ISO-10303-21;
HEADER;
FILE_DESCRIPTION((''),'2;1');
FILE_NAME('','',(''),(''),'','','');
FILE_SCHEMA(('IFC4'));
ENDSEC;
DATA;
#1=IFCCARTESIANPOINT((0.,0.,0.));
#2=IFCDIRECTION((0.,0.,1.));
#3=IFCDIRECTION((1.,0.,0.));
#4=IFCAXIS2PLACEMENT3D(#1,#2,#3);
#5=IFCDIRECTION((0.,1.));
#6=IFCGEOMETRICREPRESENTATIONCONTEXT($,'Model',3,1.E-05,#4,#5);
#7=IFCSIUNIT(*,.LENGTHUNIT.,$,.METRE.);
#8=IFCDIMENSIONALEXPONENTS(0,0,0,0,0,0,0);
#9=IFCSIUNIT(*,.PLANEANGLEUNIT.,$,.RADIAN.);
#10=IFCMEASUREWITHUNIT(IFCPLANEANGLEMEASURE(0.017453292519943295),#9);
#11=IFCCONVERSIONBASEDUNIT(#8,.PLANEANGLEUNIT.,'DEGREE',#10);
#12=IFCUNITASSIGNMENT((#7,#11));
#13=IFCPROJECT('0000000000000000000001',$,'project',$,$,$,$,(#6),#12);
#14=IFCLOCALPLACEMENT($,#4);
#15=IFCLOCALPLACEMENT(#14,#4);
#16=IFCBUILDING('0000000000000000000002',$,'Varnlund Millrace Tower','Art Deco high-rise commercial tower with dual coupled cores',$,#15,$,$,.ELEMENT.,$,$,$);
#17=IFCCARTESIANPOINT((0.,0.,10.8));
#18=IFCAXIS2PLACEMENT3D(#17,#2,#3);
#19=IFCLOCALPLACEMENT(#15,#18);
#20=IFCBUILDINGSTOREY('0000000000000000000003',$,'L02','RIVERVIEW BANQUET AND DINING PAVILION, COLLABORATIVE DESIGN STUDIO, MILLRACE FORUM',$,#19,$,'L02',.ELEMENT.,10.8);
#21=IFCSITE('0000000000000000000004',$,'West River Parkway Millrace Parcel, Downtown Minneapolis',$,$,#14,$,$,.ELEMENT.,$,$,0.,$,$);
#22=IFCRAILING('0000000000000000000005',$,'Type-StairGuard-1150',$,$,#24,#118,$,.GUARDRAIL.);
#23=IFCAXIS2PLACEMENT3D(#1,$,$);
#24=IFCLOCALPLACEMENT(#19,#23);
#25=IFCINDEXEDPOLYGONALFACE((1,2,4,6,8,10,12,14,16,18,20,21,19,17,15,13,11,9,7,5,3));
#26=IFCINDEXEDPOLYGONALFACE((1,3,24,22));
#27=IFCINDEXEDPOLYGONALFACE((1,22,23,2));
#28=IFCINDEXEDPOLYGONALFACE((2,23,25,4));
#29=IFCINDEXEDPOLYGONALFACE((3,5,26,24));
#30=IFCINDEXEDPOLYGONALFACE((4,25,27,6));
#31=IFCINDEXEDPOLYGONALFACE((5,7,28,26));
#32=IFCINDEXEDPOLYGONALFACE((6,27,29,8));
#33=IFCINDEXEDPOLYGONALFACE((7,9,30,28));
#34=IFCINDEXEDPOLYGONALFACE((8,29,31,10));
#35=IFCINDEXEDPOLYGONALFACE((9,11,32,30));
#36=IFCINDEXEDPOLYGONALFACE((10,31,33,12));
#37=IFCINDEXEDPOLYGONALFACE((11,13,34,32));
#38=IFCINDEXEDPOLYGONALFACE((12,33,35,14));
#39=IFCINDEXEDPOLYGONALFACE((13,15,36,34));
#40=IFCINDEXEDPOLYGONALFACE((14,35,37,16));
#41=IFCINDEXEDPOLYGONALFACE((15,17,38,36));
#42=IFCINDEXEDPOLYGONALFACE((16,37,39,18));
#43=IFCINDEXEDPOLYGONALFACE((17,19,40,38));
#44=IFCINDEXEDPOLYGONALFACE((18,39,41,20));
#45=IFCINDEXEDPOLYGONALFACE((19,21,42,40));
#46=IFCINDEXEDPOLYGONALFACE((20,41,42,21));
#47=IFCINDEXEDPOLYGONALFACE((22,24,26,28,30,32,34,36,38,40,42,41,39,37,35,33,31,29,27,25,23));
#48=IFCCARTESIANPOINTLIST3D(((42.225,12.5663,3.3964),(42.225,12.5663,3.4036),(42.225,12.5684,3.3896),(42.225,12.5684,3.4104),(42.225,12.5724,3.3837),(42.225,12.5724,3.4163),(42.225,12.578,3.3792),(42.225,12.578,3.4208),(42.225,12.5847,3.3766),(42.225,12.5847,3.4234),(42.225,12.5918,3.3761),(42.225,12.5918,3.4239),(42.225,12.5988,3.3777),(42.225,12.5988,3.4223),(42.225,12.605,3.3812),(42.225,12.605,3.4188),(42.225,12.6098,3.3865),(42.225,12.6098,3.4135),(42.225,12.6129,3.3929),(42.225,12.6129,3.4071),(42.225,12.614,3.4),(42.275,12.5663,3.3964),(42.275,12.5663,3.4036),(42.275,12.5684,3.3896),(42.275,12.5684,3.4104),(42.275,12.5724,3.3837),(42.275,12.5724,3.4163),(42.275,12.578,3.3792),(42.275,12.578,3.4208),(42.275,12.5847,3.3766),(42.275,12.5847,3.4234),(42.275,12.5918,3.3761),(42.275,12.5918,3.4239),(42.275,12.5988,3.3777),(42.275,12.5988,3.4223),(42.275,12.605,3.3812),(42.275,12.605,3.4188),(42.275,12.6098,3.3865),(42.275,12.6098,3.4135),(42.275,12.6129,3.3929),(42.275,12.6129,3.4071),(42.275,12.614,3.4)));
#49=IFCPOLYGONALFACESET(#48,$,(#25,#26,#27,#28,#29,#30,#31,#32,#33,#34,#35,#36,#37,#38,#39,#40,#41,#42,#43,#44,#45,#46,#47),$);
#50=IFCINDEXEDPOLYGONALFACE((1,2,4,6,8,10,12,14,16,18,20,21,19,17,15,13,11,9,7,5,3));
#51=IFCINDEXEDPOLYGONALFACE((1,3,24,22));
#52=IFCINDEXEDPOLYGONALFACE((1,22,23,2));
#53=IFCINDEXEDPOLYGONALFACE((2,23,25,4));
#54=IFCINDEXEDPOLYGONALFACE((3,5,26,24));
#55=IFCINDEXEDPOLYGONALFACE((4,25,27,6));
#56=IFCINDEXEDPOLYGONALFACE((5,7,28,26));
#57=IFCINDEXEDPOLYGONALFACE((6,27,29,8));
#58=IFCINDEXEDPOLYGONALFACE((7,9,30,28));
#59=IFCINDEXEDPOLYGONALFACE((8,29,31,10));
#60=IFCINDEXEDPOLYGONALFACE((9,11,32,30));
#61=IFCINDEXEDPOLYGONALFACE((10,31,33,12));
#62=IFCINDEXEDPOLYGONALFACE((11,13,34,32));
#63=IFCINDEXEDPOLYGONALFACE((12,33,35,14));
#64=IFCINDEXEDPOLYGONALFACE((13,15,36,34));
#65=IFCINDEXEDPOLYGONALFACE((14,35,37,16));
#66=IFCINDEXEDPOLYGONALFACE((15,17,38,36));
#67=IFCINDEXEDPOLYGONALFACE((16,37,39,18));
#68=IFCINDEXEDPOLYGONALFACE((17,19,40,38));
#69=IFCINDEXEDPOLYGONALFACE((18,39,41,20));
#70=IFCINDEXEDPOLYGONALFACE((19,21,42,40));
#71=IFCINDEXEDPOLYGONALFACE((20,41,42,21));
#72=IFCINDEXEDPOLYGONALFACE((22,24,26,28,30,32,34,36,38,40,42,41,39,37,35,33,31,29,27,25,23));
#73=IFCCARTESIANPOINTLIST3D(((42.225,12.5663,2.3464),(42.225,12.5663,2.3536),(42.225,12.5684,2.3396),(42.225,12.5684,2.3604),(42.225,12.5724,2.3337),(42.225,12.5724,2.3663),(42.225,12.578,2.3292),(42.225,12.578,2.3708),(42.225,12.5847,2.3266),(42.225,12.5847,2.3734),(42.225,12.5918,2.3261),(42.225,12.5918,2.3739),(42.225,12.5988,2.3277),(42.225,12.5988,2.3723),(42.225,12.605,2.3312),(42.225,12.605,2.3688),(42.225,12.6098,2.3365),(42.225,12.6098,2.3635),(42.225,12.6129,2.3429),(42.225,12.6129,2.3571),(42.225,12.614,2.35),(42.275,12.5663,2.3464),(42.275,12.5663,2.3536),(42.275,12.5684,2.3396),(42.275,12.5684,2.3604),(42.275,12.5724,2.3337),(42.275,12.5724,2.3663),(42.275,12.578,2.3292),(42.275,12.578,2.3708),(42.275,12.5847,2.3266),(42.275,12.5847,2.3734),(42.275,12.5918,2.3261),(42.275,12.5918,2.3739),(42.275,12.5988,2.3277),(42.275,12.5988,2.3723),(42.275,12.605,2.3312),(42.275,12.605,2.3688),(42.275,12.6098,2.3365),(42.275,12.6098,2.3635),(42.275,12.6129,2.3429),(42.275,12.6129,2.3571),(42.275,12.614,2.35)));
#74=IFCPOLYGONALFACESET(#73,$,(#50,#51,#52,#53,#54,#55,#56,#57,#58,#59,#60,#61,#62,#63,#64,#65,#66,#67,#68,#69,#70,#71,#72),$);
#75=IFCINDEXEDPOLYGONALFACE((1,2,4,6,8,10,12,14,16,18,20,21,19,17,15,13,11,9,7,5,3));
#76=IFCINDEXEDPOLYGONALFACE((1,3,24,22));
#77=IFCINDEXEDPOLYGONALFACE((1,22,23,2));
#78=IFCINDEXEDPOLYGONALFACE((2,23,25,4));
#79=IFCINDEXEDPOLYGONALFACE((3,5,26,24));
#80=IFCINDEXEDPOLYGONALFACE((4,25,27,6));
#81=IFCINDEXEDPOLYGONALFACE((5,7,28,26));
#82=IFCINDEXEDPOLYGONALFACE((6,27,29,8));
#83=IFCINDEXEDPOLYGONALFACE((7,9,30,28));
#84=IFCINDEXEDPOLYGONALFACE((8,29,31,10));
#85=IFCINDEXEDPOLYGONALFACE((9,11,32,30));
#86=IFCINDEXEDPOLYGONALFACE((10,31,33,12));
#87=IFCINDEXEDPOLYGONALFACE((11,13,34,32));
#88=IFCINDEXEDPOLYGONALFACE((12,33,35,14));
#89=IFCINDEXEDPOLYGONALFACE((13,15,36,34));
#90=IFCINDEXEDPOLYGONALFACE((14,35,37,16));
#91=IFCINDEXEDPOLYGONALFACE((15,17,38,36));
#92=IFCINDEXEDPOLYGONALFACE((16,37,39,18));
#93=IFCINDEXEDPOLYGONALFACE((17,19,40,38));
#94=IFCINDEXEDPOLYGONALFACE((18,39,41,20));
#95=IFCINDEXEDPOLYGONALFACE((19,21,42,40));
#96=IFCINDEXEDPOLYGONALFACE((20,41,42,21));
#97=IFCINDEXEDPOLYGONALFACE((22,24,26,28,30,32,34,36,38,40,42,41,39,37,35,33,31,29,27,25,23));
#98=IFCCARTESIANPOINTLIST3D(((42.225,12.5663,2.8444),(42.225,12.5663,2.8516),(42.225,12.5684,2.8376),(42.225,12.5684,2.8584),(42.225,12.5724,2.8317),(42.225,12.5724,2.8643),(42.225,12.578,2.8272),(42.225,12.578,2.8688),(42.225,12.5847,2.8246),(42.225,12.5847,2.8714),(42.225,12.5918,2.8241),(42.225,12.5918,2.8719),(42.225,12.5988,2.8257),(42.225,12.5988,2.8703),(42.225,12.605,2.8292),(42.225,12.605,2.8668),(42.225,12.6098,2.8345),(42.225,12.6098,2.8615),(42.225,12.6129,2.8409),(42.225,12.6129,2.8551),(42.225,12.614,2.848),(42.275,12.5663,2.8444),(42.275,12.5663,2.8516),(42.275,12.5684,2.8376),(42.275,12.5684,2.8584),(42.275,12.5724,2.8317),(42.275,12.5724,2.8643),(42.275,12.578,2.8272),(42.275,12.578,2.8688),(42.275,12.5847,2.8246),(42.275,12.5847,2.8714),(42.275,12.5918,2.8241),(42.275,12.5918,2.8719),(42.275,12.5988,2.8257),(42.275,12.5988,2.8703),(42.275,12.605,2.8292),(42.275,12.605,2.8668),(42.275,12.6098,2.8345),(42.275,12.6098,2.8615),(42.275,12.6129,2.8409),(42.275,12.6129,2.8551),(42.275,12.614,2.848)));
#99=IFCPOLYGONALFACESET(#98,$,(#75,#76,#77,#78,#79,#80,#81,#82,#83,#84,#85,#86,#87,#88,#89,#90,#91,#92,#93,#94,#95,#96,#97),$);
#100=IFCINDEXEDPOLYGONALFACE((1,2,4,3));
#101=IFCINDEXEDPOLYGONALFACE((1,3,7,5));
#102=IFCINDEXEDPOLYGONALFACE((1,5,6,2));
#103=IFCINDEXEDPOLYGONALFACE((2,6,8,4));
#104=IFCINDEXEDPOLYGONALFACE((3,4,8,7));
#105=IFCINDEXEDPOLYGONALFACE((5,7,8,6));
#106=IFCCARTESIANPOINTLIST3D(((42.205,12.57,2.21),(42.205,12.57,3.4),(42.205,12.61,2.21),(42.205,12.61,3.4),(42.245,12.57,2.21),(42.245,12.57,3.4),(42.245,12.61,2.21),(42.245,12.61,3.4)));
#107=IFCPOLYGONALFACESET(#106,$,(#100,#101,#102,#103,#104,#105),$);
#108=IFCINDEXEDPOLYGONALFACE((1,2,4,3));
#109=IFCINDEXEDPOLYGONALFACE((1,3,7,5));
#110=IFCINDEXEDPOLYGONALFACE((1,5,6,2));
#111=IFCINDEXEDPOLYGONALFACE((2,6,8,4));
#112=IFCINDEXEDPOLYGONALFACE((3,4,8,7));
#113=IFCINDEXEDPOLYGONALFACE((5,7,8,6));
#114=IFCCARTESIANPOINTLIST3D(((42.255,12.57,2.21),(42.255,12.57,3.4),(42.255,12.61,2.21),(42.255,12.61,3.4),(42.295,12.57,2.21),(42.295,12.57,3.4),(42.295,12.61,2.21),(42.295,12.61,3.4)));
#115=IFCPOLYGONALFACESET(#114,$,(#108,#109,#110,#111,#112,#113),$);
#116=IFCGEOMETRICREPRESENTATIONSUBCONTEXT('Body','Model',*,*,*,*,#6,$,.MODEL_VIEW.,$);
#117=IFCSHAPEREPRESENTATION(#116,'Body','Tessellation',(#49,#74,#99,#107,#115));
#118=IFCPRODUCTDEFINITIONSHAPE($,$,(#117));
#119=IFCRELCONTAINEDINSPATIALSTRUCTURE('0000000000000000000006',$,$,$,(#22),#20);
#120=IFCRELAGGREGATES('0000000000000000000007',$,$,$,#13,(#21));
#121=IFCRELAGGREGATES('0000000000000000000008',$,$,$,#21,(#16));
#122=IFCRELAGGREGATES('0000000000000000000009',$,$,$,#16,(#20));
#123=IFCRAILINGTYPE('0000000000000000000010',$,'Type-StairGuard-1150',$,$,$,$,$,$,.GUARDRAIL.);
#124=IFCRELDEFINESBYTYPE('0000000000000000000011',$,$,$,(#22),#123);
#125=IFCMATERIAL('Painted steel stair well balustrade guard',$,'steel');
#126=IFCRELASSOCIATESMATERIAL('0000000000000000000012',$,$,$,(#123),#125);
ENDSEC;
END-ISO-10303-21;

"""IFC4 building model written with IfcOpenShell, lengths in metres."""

from ifc_helpers import new_model, entity, si_unit, converted_unit, direction, frame, origin_with_axes, origin_2d_with_axis, place, context, subcontext, project, spatial, rectangle, circle, extrude, material, type_object, element, save


model = new_model("IFC4")

# Units and contexts
model_context = context("Model", 3, precision=1e-05, world=origin_with_axes(), true_north=direction((0.0, 1.0)))
body_context = subcontext(model_context, "Body", "Model", "MODEL_VIEW")
ifc_project = project(units=[si_unit("LENGTHUNIT", "METRE"), converted_unit("PLANEANGLEUNIT", "DEGREE", entity("IfcPlaneAngleMeasure", 0.017453292519943295), si_unit("PLANEANGLEUNIT", "RADIAN"), dimensions=[0, 0, 0, 0, 0, 0, 0])], contexts=[model_context])

# Site, building, storey
site_placement = place(None, origin_with_axes())
site = spatial("IfcSite", under=ifc_project, at=site_placement, Name="West River Parkway Millrace Parcel, Downtown Minneapolis", CompositionType="ELEMENT", RefElevation=0.0)
building_placement = place(site_placement, origin_with_axes())
building = spatial("IfcBuilding", under=site, at=building_placement, Name="Varnlund Millrace Tower", Description="Art Deco high-rise commercial tower with dual coupled cores", CompositionType="ELEMENT")
storey_placement = place(building_placement, frame((0.0, 0.0, 10.8), z_axis=(0.0, 0.0, 1.0), x_axis=(1.0, 0.0, 0.0)))
storey = spatial("IfcBuildingStorey", under=building, at=storey_placement, Name="L02", Description="RIVERVIEW BANQUET AND DINING PAVILION, COLLABORATIVE DESIGN STUDIO, MILLRACE FORUM", LongName="L02", CompositionType="ELEMENT", Elevation=10.8)

# Railing
ifc_material_1 = material(Name="Painted steel stair well balustrade guard", Category="steel")
railing_type_1 = type_object("IfcRailingType", Name="Type-StairGuard-1150", PredefinedType="GUARDRAIL", material=ifc_material_1)
railing_1_placement = place(storey_placement, frame((0.0, 0.0, -10.8), z_axis=(0.0, 0.0, 1.0), x_axis=(1.0, 0.0, 0.0)))
element("IfcRailing", 1, at=railing_1_placement, inside=storey, type_object=railing_type_1, Name="Type-StairGuard-1150", PredefinedType="GUARDRAIL", context=body_context, shape_type="SweptSolid", body=[
    extrude(circle(Radius=0.024, at=origin_2d_with_axis()), frame((42.225, 12.59, 14.2), z_axis=(1.0, 0.0, 0.0), x_axis=(0.0, 1.0, 0.0)), (0.0, 0.0, 1.0), 0.05),
    extrude(circle(Radius=0.024, at=origin_2d_with_axis()), frame((42.225, 12.59, 13.15), z_axis=(1.0, 0.0, 0.0), x_axis=(0.0, 1.0, 0.0)), (0.0, 0.0, 1.0), 0.05),
    extrude(circle(Radius=0.024, at=origin_2d_with_axis()), frame((42.225, 12.59, 13.648), z_axis=(1.0, 0.0, 0.0), x_axis=(0.0, 1.0, 0.0)), (0.0, 0.0, 1.0), 0.05),
    extrude(rectangle(XDim=0.04, YDim=0.04, at=origin_2d_with_axis()), frame((42.225, 12.59, 13.01), z_axis=(0.0, 0.0, 1.0), x_axis=(1.0, 0.0, 0.0)), (0.0, 0.0, 1.0), 1.19),
    extrude(rectangle(XDim=0.04, YDim=0.04, at=origin_2d_with_axis()), frame((42.275, 12.59, 13.01), z_axis=(0.0, 0.0, 1.0), x_axis=(1.0, 0.0, 0.0)), (0.0, 0.0, 1.0), 1.19),
])

save(model, "model.ifc")
